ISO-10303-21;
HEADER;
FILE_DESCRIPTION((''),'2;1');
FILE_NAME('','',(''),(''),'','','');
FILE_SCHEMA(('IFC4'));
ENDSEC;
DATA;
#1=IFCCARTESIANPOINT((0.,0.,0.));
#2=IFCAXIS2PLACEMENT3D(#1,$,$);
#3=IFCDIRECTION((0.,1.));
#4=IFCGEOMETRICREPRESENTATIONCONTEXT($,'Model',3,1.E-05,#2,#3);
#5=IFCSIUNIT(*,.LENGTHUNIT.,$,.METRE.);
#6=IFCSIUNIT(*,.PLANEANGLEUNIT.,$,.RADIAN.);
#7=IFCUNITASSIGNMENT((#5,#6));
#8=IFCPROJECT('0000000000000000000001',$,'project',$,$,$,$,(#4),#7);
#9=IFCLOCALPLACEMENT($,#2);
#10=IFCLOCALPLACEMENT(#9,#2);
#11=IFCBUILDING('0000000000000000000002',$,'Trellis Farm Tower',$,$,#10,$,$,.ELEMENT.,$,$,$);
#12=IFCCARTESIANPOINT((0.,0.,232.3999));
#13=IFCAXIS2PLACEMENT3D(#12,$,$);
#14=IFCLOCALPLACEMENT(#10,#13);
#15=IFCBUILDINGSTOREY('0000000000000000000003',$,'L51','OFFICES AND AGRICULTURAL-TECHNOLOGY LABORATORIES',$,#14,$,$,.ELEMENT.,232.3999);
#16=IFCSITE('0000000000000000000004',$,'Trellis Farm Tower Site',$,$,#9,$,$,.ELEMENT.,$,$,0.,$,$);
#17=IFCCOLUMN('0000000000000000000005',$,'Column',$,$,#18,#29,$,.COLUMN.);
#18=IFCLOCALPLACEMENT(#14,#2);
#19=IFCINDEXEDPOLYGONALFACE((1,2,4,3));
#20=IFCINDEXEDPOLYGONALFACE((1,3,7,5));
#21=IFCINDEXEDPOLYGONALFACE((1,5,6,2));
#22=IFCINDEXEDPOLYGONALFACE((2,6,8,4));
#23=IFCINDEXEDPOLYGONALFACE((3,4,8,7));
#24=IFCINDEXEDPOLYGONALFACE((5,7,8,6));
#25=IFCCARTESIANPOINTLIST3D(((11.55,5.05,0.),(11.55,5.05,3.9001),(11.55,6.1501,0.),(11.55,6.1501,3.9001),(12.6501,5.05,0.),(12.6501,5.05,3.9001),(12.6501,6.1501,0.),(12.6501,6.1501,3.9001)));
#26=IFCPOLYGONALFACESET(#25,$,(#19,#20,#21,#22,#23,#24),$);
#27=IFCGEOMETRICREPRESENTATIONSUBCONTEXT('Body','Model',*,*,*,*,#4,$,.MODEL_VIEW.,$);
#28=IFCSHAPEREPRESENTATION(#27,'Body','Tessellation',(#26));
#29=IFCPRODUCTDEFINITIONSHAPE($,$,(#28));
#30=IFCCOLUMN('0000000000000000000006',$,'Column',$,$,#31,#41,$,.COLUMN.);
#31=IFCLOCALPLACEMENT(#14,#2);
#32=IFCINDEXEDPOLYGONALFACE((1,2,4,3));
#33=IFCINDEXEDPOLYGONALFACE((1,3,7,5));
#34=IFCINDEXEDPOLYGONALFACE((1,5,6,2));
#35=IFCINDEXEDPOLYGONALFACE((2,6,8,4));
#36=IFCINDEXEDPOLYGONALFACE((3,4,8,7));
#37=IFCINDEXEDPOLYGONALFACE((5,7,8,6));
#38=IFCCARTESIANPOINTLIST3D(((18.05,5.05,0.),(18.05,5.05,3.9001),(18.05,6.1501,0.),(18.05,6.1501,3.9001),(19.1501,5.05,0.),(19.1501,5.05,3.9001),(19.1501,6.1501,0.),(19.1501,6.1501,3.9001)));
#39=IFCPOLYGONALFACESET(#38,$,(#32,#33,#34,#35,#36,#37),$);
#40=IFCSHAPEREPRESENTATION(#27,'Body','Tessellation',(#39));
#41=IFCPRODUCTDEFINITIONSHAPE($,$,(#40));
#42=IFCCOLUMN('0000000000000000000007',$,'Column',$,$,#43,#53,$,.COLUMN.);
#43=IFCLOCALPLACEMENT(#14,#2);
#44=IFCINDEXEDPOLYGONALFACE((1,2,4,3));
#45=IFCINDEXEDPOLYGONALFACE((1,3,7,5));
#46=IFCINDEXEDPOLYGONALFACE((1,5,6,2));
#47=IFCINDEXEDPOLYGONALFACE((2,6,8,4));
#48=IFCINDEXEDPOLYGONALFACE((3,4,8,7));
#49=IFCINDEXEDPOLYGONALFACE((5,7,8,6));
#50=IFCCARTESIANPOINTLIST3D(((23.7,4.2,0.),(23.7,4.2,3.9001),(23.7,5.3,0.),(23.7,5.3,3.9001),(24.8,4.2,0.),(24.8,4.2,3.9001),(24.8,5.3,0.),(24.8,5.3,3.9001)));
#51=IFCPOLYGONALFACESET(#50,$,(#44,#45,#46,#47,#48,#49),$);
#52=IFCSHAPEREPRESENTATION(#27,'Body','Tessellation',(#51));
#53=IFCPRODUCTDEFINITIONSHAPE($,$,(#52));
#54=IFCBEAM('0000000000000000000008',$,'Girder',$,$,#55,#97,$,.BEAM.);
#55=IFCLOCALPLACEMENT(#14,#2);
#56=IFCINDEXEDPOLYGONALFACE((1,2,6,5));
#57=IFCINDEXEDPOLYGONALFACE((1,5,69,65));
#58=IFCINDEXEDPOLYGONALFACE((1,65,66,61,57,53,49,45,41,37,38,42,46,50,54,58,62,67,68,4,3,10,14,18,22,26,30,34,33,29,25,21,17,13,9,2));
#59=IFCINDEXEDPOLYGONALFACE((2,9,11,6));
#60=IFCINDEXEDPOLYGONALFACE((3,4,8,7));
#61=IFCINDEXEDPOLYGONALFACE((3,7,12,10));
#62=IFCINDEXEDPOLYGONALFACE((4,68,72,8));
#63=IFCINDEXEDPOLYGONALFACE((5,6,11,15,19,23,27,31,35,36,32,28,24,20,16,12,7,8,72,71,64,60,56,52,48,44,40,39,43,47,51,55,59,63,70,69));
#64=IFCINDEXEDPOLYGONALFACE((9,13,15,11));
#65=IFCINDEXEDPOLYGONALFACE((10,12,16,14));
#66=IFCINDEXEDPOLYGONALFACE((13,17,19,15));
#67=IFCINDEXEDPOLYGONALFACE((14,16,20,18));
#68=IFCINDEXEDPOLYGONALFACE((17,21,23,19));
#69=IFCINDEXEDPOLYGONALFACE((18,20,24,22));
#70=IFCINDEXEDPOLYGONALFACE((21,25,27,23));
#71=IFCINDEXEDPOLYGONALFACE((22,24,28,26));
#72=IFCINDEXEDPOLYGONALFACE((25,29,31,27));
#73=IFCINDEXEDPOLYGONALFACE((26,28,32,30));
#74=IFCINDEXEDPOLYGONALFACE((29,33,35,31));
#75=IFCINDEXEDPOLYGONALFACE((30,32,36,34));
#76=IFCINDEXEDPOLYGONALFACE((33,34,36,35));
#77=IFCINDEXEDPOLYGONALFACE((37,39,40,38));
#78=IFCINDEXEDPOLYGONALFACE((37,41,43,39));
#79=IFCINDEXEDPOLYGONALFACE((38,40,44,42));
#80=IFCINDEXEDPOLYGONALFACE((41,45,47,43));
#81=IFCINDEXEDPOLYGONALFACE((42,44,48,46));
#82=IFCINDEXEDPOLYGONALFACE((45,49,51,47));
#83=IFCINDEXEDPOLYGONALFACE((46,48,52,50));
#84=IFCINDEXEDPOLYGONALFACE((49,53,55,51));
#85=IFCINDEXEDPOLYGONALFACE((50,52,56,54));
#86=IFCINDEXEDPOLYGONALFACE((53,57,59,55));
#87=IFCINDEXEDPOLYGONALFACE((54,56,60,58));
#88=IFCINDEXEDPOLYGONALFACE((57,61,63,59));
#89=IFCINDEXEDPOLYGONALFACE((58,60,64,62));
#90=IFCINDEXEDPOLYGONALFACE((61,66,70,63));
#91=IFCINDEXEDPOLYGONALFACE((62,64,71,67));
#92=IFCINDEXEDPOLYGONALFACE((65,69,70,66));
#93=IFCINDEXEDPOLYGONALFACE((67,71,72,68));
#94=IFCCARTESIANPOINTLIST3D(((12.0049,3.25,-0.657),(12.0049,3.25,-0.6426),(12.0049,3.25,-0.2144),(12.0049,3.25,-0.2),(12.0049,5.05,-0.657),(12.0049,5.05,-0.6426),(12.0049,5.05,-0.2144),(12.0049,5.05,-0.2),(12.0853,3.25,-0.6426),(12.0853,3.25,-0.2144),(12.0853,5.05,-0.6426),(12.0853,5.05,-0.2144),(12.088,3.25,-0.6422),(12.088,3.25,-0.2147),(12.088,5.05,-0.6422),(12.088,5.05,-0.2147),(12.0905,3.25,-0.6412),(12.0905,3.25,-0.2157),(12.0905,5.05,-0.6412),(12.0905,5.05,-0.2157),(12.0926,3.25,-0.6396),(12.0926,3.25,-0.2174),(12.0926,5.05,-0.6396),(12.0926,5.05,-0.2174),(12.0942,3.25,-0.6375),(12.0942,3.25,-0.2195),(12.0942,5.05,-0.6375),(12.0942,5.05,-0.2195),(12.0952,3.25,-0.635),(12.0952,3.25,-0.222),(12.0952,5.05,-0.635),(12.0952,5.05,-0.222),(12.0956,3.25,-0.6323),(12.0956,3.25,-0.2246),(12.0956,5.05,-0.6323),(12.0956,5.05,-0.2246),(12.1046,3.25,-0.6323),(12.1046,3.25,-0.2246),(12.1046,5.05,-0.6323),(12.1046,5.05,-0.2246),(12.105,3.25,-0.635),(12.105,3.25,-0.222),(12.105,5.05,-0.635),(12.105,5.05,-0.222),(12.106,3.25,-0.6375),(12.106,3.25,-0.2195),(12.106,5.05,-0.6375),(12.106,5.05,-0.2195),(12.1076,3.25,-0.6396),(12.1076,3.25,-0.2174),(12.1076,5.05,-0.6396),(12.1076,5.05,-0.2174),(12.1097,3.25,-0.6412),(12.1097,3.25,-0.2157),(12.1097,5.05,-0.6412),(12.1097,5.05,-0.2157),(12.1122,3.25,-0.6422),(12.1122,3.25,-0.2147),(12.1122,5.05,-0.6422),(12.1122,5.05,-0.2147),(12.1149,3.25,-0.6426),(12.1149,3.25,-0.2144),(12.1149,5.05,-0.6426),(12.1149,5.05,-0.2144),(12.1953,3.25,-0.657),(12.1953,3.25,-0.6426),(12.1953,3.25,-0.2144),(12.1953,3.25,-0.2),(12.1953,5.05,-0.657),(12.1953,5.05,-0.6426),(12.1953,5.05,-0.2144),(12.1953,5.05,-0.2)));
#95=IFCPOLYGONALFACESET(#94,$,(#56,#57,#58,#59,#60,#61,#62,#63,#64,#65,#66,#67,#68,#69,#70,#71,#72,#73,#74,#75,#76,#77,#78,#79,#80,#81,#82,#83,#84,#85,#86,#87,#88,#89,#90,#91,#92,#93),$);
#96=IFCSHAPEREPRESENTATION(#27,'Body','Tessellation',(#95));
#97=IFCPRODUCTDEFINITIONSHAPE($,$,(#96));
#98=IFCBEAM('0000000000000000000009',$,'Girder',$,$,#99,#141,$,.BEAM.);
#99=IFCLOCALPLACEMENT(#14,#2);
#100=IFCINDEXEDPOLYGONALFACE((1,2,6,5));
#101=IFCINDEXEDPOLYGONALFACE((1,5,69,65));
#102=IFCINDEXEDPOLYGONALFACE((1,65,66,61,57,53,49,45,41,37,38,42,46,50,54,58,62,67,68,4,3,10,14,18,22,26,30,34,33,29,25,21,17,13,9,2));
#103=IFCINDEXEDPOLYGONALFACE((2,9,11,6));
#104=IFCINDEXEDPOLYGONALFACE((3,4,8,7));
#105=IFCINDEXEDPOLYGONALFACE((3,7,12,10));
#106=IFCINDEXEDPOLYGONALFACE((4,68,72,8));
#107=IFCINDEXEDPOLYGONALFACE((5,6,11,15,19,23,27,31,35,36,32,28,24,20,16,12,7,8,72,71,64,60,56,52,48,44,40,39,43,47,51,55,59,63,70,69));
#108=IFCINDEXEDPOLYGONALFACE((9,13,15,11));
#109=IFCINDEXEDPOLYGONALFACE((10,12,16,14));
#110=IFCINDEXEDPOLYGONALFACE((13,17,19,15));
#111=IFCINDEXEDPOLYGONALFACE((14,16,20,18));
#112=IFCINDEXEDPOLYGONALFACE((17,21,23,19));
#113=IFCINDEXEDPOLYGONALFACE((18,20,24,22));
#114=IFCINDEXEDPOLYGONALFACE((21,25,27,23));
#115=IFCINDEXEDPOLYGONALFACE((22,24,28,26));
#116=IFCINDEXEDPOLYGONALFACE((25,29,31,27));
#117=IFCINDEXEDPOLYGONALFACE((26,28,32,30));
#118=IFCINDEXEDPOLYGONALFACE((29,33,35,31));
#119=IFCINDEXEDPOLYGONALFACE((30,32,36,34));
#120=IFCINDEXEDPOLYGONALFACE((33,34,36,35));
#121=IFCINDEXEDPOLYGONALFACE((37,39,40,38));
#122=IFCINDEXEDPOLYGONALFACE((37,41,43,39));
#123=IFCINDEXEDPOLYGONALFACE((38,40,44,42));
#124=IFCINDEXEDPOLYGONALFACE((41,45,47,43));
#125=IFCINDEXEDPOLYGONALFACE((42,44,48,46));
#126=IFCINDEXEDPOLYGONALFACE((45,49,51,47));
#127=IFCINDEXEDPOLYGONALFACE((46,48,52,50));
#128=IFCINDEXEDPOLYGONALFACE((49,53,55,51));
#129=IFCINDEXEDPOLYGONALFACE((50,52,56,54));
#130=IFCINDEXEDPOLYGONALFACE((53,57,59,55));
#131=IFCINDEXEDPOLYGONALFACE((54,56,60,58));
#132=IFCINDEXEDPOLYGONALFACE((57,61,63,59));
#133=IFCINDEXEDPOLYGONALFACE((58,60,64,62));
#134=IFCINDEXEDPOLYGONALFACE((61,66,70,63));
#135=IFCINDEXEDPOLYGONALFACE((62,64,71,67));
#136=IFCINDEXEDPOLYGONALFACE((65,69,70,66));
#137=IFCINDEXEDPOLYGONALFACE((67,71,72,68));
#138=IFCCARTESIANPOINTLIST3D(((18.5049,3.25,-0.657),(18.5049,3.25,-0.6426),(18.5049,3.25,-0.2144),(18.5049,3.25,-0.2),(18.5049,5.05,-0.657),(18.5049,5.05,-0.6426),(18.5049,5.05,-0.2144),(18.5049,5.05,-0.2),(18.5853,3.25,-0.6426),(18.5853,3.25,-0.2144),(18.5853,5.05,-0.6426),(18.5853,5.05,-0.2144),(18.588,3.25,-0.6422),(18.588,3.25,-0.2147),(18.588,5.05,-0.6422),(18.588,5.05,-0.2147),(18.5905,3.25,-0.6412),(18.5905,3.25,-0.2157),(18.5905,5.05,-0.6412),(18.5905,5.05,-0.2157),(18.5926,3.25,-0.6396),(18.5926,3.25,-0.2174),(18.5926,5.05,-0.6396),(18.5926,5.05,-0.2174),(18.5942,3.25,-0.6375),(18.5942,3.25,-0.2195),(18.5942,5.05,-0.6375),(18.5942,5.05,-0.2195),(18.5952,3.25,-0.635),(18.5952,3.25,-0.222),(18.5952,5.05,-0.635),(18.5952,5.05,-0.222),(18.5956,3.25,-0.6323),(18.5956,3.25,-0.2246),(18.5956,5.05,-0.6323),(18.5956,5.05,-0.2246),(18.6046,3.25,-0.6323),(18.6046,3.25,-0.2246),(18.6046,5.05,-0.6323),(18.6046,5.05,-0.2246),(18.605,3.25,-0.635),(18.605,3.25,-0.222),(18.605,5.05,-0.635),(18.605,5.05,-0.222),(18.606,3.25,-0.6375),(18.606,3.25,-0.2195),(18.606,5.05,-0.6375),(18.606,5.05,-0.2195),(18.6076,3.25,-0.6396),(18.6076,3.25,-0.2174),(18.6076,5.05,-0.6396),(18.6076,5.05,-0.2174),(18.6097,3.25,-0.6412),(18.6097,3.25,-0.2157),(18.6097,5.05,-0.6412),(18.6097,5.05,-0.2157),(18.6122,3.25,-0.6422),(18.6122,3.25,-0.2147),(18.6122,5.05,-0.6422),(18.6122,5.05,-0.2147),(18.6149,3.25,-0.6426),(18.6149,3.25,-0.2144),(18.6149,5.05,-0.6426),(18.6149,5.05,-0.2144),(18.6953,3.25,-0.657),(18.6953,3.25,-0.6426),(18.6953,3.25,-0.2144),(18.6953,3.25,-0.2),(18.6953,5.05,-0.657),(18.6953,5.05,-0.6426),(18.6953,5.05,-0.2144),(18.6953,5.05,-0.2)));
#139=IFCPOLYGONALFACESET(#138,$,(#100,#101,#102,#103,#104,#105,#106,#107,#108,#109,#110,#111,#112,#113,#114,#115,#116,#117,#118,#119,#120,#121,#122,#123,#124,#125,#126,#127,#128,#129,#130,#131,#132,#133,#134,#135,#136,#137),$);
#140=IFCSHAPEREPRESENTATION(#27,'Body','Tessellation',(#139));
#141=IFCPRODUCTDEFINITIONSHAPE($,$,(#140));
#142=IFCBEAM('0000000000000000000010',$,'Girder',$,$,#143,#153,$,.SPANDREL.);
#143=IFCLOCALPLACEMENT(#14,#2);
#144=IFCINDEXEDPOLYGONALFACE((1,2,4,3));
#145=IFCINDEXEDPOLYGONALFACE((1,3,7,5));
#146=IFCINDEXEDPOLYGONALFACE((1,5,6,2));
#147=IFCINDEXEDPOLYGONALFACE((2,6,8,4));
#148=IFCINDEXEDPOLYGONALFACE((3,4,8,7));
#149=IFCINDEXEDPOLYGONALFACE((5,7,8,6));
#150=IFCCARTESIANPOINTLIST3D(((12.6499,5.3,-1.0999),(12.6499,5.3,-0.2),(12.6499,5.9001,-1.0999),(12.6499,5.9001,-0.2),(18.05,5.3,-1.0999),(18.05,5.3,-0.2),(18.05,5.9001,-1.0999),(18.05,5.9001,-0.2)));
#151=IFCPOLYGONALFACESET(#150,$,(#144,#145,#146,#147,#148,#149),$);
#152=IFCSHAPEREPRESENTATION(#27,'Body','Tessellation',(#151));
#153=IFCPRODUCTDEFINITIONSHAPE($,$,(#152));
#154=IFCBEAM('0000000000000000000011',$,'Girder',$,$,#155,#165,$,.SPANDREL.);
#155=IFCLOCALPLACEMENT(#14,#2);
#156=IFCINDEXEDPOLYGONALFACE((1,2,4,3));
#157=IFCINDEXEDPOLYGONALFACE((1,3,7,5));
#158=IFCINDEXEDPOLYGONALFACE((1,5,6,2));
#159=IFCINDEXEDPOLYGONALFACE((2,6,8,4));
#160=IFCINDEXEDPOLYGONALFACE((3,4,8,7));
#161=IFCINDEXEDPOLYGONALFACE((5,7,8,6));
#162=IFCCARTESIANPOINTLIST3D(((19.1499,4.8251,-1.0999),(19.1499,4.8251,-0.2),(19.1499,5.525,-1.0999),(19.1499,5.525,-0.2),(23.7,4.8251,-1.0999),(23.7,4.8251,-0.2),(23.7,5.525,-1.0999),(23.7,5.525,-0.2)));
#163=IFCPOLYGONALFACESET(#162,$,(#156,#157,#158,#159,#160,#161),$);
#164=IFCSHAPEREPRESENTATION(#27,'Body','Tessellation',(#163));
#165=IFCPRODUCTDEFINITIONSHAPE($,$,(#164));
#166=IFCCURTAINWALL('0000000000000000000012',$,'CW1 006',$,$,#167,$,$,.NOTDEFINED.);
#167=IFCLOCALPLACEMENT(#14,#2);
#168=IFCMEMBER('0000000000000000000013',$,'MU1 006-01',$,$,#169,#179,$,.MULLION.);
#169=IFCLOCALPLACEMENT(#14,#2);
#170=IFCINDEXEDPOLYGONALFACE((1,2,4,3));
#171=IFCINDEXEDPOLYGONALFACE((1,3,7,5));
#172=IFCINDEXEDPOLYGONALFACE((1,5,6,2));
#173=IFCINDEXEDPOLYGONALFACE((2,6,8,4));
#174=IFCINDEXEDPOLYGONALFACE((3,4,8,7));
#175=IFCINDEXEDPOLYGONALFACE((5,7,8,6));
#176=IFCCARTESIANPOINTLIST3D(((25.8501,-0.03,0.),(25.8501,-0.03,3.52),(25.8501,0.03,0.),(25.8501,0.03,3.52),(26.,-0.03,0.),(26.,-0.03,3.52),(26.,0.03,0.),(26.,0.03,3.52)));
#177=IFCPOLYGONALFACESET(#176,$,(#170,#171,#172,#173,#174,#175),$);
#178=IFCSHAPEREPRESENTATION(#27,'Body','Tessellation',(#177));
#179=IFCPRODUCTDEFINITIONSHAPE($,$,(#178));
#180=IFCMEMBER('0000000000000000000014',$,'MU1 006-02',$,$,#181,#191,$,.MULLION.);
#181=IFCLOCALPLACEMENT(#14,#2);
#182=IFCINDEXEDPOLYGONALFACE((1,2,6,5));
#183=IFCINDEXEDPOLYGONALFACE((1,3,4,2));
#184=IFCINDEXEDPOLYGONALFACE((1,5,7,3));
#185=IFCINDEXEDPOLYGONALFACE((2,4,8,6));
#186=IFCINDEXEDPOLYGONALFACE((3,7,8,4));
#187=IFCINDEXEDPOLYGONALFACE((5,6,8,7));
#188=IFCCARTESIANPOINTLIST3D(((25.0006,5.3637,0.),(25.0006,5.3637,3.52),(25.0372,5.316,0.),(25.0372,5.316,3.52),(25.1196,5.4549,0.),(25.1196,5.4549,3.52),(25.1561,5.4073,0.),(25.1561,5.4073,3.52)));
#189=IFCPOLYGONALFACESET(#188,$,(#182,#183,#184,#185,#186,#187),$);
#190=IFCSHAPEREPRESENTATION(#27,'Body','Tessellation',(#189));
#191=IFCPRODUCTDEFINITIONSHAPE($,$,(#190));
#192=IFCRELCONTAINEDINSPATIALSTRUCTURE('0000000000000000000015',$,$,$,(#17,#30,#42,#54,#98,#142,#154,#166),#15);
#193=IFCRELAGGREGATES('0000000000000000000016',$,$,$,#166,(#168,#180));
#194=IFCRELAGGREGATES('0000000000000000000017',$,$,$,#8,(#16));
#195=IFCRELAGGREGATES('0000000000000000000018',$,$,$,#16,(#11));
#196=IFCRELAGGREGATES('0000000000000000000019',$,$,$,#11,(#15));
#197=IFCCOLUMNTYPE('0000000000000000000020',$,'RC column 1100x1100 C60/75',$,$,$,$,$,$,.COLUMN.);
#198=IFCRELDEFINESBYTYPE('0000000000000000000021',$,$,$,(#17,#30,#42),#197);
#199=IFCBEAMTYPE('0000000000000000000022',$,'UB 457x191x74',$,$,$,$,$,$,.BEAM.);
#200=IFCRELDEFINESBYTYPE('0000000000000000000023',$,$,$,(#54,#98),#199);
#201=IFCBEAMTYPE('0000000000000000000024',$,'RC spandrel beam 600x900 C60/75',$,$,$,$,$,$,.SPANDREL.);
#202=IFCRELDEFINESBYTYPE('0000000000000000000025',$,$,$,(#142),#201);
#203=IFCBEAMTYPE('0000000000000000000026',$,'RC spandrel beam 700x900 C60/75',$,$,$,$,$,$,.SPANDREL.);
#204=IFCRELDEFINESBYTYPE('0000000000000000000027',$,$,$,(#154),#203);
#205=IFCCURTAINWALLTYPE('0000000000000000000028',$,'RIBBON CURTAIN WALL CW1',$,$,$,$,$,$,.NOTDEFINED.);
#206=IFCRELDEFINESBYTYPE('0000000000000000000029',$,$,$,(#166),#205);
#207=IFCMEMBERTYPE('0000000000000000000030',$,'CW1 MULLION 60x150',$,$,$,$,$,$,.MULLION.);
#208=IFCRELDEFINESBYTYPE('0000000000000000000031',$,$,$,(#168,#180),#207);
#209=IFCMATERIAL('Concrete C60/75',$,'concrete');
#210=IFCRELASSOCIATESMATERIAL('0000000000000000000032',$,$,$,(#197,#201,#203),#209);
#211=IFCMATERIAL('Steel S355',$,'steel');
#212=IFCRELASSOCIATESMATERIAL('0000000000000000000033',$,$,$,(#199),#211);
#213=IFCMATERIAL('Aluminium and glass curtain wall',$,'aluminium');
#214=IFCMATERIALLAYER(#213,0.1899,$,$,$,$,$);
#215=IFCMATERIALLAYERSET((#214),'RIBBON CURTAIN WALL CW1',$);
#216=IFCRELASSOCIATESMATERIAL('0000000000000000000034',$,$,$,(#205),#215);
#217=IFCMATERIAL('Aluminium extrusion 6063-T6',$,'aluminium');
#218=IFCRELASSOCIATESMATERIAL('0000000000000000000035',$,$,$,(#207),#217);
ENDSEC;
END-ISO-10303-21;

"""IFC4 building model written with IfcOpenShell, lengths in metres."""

from ifc_helpers import new_model, si_unit, direction, frame, origin, origin_2d, place, context, subcontext, project, spatial, rectangle, i_section, extrude, source, transform, mapped, material, layer, layer_set, material_profile, profile_set, type_object, element, aggregate, save


model = new_model("IFC4")

# Units and contexts
model_context = context("Model", 3, precision=1e-05, world=origin(), true_north=direction((0.0, 1.0)))
body_context = subcontext(model_context, "Body", "Model", "MODEL_VIEW")
ifc_project = project(units=[si_unit("LENGTHUNIT", "METRE"), si_unit("PLANEANGLEUNIT", "RADIAN")], contexts=[model_context])

# Site, building, storey
site_placement = place(None, origin())
site = spatial("IfcSite", under=ifc_project, at=site_placement, Name="Trellis Farm Tower Site", CompositionType="ELEMENT", RefElevation=0.0)
building_placement = place(site_placement, origin())
building = spatial("IfcBuilding", under=site, at=building_placement, Name="Trellis Farm Tower", CompositionType="ELEMENT")
storey_placement = place(building_placement, frame((0.0, 0.0, 232.3999)))
storey = spatial("IfcBuildingStorey", under=building, at=storey_placement, Name="L51", Description="OFFICES AND AGRICULTURAL-TECHNOLOGY LABORATORIES", CompositionType="ELEMENT", Elevation=232.3999)

# Columns
ifc_material_1 = material(Name="Concrete C60/75", Category="concrete")
ifc_material_profile_1 = material_profile(ifc_material_1, rectangle(XDim=1.1001, YDim=1.1001, at=origin_2d()), Name="RC column 1100x1100 C60/75")
ifc_profile_set_1 = profile_set([ifc_material_profile_1], Name="Concrete C60/75")
column_type = type_object("IfcColumnType", Name="RC column 1100x1100 C60/75", PredefinedType="COLUMN", material=ifc_profile_set_1)
shared_shape_1 = source(origin(), body_context, "Body", "SweptSolid", [
    extrude(rectangle(XDim=1.1001, YDim=1.1001, at=origin_2d()), origin(), (0.0, 0.0, 1.0), 3.9001),
])
for number, where, z_axis, x_axis, name in (
    (1, (12.1001, 5.6001, 0.0), (0.0, 0.0, 1.0), (1.0, 0.0, 0.0), "Column"),
    (2, (18.6001, 5.6001, 0.0), (0.0, 0.0, 1.0), (1.0, 0.0, 0.0), "Column"),
    (3, (24.25, 4.75, 0.0), (0.0, 0.0, 1.0), (1.0, 0.0, 0.0), "Column"),
):
    element("IfcColumn", number, at=place(storey_placement, frame(where, z_axis=z_axis, x_axis=x_axis)), inside=storey, type_object=column_type, Name=name, PredefinedType="COLUMN", context=body_context, shape_type="MappedRepresentation", body=[
        mapped(shared_shape_1, transform((0.0, 0.0, 0.0))),
    ])

# Beams
ifc_material_2 = material(Name="Steel S355", Category="steel")
ifc_material_profile_2 = material_profile(ifc_material_2, i_section(OverallWidth=0.1904, OverallDepth=0.457, WebThickness=0.009, FlangeThickness=0.0144, FilletRadius=0.0103, at=origin_2d()), Name="UB 457x191x74")
ifc_profile_set_2 = profile_set([ifc_material_profile_2], Name="Steel S355")
beam_type_1 = type_object("IfcBeamType", Name="UB 457x191x74", PredefinedType="BEAM", material=ifc_profile_set_2)
shared_shape_2 = source(origin(), body_context, "Body", "SweptSolid", [
    extrude(i_section(OverallWidth=0.1904, OverallDepth=0.457, WebThickness=0.009, FlangeThickness=0.0144, FilletRadius=0.0103, at=origin_2d()), origin(), (0.0, 0.0, 1.0), 1.8),
])
for number, where, z_axis, x_axis, name in (
    (4, (12.1001, 3.25, -0.4285), (0.0, 1.0, 0.0), (-1.0, 0.0, 0.0), "Girder"),
    (5, (18.6001, 3.25, -0.4285), (0.0, 1.0, 0.0), (-1.0, 0.0, 0.0), "Girder"),
):
    element("IfcBeam", number, at=place(storey_placement, frame(where, z_axis=z_axis, x_axis=x_axis)), inside=storey, type_object=beam_type_1, Name=name, PredefinedType="BEAM", context=body_context, shape_type="MappedRepresentation", body=[
        mapped(shared_shape_2, transform((0.0, 0.0, 0.0))),
    ])
ifc_material_profile_3 = material_profile(ifc_material_1, rectangle(XDim=0.6001, YDim=0.8999, at=origin_2d()), Name="RC spandrel beam 600x900 C60/75")
ifc_profile_set_3 = profile_set([ifc_material_profile_3], Name="Concrete C60/75")
beam_type_2 = type_object("IfcBeamType", Name="RC spandrel beam 600x900 C60/75", PredefinedType="SPANDREL", material=ifc_profile_set_3)
shared_shape_3 = source(origin(), body_context, "Body", "SweptSolid", [
    extrude(rectangle(XDim=0.6001, YDim=0.8999, at=origin_2d()), origin(), (0.0, 0.0, 1.0), 5.4001),
])
beam_1_placement = place(storey_placement, frame((12.6499, 5.6001, -0.6499), z_axis=(1.0, 0.0, 0.0), x_axis=(0.0, 1.0, 0.0)))
element("IfcBeam", 6, at=beam_1_placement, inside=storey, type_object=beam_type_2, Name="Girder", PredefinedType="SPANDREL", context=body_context, shape_type="MappedRepresentation", body=[
    mapped(shared_shape_3, transform((0.0, 0.0, 0.0))),
])
ifc_material_profile_4 = material_profile(ifc_material_1, rectangle(XDim=0.7, YDim=0.8999, at=origin_2d()), Name="RC spandrel beam 700x900 C60/75")
ifc_profile_set_4 = profile_set([ifc_material_profile_4], Name="Concrete C60/75")
beam_type_3 = type_object("IfcBeamType", Name="RC spandrel beam 700x900 C60/75", PredefinedType="SPANDREL", material=ifc_profile_set_4)
shared_shape_4 = source(origin(), body_context, "Body", "SweptSolid", [
    extrude(rectangle(XDim=0.7, YDim=0.8999, at=origin_2d()), origin(), (0.0, 0.0, 1.0), 4.55),
])
beam_2_placement = place(storey_placement, frame((19.1499, 5.175, -0.6499), z_axis=(1.0, 0.0, 0.0), x_axis=(0.0, 1.0, 0.0)))
element("IfcBeam", 7, at=beam_2_placement, inside=storey, type_object=beam_type_3, Name="Girder", PredefinedType="SPANDREL", context=body_context, shape_type="MappedRepresentation", body=[
    mapped(shared_shape_4, transform((0.0, 0.0, 0.0))),
])

# Curtain wall, members
ifc_material_3 = material(Name="Aluminium and glass curtain wall", Category="aluminium")
ifc_layer_1 = layer(ifc_material_3, 0.1899)
ifc_layer_set_1 = layer_set([ifc_layer_1], Name="RIBBON CURTAIN WALL CW1")
curtain_wall_type = type_object("IfcCurtainWallType", Name="RIBBON CURTAIN WALL CW1", PredefinedType="NOTDEFINED", material=ifc_layer_set_1)
placement = place(storey_placement, origin())
curtain_wall_1 = element("IfcCurtainWall", 8, at=placement, inside=storey, type_object=curtain_wall_type, Name="CW1 006", PredefinedType="NOTDEFINED")
ifc_material_4 = material(Name="Aluminium extrusion 6063-T6", Category="aluminium")
ifc_material_profile_5 = material_profile(ifc_material_4, rectangle(XDim=0.0601, YDim=0.1499, at=origin_2d()), Name="MULLION 60x150")
ifc_profile_set_5 = profile_set([ifc_material_profile_5], Name="Aluminium extrusion 6063-T6")
member_type = type_object("IfcMemberType", Name="CW1 MULLION 60x150", PredefinedType="MULLION", material=ifc_profile_set_5)
shared_shape_5 = source(origin(), body_context, "Body", "SweptSolid", [
    extrude(rectangle(XDim=0.0601, YDim=0.1499, at=origin_2d()), origin(), (0.0, 0.0, 1.0), 3.52),
])
member_1_placement = place(storey_placement, frame((25.925, 0.0, 0.0), z_axis=(0.0, 0.0, 1.0), x_axis=(0.0, 1.0, 0.0)))
member_1 = element("IfcMember", 9, at=member_1_placement, type_object=member_type, Name="MU1 006-01", PredefinedType="MULLION", context=body_context, shape_type="MappedRepresentation", body=[
    mapped(shared_shape_5, transform((0.0, 0.0, 0.0))),
])
member_2_placement = place(storey_placement, frame((25.0784, 5.3855, 0.0), z_axis=(0.0, 0.0, 1.0), x_axis=(-0.608761, 0.793353, 0.0)))
member_2 = element("IfcMember", 10, at=member_2_placement, type_object=member_type, Name="MU1 006-02", PredefinedType="MULLION", context=body_context, shape_type="MappedRepresentation", body=[
    mapped(shared_shape_5, transform((0.0, 0.0, 0.0))),
])
aggregate(curtain_wall_1, [member_1, member_2])

save(model, "model.ifc")
